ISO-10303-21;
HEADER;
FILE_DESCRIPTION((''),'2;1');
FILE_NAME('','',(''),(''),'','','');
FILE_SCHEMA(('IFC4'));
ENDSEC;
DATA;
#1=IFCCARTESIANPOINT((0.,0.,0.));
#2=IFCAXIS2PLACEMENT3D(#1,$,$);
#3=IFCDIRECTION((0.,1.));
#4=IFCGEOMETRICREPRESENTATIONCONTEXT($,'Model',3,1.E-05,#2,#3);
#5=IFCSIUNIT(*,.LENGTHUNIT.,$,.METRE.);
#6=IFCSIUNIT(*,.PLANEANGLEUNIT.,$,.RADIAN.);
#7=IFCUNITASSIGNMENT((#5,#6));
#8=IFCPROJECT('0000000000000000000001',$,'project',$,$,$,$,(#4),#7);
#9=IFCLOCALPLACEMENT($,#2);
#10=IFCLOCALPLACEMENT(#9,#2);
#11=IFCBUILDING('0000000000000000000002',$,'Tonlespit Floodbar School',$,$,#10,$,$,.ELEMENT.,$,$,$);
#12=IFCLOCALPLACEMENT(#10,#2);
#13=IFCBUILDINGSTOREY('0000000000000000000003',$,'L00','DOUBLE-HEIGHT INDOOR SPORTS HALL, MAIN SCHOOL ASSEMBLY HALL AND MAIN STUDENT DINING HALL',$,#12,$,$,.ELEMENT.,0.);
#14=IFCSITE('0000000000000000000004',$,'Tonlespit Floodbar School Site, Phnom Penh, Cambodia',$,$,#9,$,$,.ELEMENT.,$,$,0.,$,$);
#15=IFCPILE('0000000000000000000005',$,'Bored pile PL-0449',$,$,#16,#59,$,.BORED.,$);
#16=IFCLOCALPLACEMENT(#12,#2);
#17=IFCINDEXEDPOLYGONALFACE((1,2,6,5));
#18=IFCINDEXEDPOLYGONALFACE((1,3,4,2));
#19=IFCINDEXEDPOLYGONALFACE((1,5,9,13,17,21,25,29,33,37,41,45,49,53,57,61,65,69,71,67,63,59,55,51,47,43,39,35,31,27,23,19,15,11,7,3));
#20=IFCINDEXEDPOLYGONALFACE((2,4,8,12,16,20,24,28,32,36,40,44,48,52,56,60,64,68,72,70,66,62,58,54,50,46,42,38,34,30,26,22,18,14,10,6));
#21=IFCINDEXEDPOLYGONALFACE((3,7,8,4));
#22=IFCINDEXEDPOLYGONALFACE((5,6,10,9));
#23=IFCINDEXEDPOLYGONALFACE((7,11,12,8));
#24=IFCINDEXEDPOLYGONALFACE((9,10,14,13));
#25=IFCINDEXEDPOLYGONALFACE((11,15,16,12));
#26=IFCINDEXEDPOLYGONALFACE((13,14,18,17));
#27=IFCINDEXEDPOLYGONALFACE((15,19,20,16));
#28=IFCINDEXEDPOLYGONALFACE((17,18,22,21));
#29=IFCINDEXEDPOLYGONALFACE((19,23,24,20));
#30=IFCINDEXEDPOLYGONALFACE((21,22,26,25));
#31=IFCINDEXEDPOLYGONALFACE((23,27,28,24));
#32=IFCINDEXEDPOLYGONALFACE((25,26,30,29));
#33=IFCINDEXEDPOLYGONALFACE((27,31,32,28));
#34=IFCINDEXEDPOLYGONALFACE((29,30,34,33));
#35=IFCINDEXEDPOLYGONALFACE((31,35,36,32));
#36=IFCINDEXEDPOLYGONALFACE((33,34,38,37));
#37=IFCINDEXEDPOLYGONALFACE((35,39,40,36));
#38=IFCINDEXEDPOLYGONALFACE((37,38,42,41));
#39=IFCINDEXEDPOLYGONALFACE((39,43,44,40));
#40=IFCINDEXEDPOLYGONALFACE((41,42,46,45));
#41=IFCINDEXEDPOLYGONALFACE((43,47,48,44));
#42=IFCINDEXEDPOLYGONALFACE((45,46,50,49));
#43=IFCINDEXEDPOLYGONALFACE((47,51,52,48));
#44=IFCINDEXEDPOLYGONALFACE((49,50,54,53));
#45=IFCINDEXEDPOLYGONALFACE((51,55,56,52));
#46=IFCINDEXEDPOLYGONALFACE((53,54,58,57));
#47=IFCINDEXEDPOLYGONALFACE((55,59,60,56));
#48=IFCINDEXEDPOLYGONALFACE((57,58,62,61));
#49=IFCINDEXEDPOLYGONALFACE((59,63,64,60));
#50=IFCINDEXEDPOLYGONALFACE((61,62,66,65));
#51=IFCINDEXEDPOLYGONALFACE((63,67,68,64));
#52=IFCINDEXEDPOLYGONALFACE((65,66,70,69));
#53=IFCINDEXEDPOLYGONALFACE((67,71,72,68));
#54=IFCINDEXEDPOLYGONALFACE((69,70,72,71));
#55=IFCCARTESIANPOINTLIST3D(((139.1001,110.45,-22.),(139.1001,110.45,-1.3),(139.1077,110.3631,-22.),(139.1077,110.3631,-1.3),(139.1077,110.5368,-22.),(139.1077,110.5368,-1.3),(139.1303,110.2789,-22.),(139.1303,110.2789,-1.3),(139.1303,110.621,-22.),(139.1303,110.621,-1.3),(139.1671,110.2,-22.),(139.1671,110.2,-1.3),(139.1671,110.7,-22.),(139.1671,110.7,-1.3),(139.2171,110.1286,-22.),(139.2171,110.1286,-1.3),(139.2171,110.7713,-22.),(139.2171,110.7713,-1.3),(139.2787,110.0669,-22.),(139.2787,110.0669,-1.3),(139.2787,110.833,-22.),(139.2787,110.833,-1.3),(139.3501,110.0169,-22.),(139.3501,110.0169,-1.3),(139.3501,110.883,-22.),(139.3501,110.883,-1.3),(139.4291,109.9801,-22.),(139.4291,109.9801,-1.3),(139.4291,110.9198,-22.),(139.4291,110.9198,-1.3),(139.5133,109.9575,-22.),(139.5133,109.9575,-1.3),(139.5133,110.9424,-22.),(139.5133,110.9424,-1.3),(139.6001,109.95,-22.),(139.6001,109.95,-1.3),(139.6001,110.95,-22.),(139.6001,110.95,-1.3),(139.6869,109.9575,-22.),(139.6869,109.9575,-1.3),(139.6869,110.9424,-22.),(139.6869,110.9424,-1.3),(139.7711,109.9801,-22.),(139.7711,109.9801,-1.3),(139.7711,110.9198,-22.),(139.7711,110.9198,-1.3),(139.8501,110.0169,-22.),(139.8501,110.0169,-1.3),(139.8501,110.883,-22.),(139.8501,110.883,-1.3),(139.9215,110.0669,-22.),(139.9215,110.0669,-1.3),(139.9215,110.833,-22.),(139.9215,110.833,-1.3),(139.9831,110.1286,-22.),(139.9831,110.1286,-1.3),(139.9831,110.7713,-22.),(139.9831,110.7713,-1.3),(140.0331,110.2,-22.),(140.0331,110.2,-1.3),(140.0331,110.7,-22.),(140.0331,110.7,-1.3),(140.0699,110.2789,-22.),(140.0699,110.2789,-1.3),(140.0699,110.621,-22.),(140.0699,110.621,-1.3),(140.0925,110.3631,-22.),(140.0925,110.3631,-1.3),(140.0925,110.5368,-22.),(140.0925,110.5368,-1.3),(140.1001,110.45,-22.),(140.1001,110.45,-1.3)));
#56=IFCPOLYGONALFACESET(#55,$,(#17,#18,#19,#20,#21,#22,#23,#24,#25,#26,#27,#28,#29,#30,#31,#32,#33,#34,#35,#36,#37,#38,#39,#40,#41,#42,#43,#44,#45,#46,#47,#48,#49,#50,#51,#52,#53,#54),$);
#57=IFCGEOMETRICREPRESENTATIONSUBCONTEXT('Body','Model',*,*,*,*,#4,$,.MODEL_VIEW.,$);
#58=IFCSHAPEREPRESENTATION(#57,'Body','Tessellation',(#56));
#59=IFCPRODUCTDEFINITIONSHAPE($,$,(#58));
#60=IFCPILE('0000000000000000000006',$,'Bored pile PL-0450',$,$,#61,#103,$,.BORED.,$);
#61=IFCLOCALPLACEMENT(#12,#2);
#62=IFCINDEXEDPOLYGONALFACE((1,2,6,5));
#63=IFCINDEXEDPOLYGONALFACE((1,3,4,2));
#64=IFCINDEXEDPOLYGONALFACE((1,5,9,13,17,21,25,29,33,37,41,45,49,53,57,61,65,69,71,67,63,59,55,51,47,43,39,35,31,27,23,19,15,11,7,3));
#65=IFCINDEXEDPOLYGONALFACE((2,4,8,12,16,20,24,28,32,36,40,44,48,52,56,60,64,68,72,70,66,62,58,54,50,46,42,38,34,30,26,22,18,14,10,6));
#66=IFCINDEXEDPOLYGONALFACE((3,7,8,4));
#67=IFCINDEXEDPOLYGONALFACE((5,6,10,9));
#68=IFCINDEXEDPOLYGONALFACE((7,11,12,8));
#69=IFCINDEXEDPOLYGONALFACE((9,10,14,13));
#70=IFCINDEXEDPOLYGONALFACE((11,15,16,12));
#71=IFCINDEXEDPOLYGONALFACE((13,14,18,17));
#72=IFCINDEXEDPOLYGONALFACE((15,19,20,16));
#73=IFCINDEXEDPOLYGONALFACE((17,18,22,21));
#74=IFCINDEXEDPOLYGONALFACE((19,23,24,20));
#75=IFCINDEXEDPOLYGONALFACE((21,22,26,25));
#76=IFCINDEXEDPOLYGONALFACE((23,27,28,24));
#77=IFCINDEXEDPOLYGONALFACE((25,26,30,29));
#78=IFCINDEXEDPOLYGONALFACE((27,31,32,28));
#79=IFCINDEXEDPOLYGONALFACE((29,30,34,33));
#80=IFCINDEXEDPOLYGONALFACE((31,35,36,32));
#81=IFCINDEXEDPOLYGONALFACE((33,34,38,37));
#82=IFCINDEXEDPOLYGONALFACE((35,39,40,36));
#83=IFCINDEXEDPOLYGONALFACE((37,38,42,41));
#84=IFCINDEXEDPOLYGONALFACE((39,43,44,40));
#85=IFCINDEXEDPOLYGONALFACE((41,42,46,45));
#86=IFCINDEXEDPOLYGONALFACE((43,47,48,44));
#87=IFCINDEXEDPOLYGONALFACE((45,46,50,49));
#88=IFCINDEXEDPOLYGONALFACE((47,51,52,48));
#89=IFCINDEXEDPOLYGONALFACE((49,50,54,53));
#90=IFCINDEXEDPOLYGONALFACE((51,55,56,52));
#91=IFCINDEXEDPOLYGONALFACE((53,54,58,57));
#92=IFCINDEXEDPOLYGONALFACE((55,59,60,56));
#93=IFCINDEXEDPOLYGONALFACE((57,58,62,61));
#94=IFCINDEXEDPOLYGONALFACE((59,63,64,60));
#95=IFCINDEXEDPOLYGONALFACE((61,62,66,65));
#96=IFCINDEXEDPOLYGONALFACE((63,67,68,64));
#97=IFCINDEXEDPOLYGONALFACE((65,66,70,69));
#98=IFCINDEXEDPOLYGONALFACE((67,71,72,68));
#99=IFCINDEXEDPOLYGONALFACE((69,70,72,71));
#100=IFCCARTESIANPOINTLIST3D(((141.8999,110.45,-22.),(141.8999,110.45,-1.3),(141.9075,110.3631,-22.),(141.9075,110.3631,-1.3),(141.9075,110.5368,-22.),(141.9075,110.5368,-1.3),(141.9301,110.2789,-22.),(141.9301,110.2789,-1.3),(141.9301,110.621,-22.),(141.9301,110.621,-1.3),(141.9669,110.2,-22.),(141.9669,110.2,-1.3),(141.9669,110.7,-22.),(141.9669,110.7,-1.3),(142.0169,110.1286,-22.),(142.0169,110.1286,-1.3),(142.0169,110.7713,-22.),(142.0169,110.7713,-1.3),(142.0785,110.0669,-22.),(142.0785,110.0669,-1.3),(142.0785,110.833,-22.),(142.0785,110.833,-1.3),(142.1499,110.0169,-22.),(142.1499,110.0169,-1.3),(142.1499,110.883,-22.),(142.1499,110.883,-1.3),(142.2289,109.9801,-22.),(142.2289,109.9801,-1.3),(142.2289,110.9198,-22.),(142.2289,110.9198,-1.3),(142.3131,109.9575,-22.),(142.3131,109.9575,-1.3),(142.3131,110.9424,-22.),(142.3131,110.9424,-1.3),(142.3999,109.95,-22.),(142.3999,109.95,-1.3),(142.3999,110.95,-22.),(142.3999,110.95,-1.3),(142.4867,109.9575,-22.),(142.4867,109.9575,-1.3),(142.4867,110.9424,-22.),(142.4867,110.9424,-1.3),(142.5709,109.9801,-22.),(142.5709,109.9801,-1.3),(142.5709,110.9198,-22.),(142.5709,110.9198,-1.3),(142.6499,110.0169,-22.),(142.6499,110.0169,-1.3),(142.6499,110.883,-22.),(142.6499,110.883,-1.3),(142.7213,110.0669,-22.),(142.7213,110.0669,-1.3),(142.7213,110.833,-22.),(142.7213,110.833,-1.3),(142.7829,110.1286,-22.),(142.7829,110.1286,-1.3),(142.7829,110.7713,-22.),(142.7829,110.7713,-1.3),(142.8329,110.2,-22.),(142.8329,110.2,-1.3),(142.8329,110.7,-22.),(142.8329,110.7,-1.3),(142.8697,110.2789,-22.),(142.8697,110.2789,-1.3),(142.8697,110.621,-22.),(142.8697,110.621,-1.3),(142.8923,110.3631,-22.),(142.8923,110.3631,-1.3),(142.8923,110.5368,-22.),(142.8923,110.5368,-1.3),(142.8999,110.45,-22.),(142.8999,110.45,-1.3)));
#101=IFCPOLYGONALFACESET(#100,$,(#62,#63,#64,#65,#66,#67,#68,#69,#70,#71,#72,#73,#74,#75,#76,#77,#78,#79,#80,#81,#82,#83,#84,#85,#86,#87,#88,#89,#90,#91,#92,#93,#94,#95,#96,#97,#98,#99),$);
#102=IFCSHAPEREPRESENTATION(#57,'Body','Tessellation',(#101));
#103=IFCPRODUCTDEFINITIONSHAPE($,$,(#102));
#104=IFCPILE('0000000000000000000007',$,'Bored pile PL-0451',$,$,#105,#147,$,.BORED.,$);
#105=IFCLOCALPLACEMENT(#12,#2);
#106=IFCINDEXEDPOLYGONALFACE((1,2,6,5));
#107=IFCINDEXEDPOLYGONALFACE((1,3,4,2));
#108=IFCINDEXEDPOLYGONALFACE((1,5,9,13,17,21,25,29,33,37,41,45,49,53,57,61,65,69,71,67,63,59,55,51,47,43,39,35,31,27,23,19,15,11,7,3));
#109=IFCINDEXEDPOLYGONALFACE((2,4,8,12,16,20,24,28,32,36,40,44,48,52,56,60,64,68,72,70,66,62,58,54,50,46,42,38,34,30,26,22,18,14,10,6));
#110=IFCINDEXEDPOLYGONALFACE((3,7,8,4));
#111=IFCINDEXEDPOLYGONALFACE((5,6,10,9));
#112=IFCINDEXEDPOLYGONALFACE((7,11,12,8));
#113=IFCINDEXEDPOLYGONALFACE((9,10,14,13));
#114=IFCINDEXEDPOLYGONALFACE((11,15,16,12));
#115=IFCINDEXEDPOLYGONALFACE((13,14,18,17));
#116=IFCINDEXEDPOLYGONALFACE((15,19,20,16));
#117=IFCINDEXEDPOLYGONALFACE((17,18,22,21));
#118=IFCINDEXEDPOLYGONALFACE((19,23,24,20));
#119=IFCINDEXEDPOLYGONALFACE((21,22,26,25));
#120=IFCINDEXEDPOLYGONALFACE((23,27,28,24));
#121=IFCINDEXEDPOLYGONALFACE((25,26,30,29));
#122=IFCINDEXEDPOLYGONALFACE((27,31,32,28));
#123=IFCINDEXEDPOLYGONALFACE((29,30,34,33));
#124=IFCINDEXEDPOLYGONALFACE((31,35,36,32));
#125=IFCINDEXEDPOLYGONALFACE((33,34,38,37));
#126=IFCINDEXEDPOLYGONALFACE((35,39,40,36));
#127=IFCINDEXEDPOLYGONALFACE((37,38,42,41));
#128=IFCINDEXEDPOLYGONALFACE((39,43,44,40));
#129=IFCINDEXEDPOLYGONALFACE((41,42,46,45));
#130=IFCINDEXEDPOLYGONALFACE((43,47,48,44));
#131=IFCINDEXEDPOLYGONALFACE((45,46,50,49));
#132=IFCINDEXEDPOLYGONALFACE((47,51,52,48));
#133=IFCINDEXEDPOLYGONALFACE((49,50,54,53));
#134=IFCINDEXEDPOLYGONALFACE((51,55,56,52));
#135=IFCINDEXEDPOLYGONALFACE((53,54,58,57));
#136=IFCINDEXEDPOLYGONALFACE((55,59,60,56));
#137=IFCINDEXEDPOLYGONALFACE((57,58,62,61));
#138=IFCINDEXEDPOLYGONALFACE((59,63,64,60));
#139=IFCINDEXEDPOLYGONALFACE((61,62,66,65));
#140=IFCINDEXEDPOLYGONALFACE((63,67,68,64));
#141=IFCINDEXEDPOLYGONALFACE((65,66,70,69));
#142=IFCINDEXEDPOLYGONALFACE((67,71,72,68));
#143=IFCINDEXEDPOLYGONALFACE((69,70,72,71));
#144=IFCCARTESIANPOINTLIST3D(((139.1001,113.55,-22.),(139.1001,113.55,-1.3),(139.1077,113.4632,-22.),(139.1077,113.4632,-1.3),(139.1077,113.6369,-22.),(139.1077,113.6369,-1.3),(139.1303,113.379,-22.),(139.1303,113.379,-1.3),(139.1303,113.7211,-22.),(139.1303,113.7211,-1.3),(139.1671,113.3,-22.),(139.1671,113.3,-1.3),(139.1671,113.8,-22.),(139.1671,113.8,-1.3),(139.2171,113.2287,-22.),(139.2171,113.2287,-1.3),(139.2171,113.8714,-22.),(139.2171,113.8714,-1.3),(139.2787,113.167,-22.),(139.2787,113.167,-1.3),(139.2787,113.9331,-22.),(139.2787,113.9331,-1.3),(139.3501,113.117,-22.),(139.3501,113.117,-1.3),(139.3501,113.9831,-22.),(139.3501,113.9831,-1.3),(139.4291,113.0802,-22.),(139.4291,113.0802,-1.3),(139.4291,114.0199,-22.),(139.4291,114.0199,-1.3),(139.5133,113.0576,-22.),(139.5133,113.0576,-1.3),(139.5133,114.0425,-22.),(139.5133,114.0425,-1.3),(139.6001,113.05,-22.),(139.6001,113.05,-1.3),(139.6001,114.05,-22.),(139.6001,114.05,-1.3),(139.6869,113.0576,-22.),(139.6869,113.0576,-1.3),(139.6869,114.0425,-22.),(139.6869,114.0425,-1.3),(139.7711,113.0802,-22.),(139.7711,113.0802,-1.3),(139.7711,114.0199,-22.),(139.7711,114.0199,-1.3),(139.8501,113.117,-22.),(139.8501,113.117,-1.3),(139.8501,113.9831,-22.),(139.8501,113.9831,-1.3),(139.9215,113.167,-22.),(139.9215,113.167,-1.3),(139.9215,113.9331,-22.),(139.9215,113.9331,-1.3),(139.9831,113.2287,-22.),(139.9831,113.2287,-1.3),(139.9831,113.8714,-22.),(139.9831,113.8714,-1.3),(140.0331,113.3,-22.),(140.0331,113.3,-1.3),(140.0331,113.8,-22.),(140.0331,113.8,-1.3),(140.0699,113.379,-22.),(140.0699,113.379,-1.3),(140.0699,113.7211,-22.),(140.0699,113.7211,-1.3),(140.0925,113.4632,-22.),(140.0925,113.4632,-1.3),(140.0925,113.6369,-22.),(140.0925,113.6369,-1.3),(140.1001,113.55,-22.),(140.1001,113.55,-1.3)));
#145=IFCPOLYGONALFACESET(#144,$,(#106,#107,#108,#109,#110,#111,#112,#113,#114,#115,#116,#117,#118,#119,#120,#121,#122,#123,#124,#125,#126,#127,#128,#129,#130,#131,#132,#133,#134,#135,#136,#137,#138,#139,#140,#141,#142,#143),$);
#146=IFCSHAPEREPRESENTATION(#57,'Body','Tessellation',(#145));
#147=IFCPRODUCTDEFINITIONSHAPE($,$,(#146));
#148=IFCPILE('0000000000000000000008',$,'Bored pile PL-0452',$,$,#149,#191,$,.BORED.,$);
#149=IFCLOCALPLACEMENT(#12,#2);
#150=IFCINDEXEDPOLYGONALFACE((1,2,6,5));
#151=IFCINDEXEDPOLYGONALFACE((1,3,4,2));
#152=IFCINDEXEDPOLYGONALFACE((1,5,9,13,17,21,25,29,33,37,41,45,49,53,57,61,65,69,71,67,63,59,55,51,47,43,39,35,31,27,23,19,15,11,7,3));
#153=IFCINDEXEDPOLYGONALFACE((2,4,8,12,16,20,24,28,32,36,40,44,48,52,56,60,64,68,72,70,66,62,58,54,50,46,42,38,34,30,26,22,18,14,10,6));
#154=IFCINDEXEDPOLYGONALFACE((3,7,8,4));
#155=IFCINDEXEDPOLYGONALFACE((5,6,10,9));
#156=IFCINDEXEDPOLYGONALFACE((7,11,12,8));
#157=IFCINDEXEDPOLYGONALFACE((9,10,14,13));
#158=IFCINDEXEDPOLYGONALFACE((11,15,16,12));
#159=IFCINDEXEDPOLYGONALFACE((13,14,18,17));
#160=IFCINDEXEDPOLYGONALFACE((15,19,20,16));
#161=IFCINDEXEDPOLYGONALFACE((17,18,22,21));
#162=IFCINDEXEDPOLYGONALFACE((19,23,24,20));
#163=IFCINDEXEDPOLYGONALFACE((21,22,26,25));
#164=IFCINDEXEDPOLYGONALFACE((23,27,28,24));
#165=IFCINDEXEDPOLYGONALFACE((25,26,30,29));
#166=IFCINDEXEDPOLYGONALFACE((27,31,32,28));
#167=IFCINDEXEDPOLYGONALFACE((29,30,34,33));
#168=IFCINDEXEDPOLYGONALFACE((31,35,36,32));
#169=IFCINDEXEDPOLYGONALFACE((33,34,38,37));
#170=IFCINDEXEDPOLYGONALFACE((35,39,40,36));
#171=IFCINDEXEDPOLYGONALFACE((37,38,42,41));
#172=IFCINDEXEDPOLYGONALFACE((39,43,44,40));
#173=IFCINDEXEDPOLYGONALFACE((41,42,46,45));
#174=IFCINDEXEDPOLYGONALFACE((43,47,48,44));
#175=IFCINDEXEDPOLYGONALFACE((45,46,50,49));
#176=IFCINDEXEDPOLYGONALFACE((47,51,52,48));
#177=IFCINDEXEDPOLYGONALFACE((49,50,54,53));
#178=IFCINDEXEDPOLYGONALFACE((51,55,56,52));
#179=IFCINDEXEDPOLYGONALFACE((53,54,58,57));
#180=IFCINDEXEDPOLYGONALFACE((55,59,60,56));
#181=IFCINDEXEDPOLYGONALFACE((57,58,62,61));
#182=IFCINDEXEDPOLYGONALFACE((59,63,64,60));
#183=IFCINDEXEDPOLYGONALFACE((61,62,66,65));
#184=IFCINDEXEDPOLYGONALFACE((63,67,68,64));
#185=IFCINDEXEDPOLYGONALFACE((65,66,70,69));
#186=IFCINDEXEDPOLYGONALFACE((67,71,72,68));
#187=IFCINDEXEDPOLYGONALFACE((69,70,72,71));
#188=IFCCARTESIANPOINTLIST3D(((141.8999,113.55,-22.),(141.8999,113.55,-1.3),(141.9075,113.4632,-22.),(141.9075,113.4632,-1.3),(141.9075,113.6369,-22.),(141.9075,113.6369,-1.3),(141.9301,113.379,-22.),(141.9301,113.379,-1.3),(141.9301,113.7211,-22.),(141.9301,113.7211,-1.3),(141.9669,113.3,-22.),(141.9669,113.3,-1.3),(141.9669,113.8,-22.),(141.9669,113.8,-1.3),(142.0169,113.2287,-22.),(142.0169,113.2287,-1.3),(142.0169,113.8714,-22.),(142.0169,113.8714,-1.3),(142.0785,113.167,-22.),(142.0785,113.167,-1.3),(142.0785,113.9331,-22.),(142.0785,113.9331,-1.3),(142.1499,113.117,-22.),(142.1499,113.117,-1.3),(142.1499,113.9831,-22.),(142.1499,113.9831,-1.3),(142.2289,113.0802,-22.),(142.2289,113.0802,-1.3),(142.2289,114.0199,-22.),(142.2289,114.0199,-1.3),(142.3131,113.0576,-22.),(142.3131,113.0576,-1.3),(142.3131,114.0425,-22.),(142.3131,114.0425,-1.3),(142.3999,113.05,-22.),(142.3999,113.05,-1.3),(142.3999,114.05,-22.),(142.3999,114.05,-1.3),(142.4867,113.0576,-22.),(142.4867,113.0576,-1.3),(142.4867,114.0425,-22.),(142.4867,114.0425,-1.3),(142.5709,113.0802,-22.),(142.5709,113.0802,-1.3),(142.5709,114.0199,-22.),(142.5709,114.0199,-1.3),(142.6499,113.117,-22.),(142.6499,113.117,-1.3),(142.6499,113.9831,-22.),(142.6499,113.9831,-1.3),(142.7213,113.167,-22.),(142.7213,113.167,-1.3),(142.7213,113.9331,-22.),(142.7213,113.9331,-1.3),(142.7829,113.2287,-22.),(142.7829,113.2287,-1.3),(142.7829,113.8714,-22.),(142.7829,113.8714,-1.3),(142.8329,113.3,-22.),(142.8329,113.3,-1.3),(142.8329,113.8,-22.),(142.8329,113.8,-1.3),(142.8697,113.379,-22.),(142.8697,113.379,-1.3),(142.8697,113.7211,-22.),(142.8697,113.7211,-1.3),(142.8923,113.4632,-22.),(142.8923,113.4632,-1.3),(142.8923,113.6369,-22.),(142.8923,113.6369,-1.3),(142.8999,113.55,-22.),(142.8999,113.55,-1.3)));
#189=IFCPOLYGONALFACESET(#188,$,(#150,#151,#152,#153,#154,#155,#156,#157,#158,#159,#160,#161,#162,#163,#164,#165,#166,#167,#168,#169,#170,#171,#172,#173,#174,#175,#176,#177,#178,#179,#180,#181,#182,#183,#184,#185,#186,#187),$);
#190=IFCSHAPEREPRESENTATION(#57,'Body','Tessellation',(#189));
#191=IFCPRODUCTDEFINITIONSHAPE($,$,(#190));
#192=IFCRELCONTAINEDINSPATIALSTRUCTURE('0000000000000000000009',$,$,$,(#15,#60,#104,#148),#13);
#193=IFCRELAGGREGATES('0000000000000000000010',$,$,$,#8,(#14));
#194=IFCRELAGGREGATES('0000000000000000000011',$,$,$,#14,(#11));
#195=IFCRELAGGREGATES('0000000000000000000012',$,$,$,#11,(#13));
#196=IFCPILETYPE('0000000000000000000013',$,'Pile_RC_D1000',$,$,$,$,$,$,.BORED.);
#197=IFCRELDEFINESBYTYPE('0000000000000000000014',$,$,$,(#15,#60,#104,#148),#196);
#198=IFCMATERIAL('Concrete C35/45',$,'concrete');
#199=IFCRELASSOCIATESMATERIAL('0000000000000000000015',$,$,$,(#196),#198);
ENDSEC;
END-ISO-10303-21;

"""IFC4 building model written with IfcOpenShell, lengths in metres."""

from ifc_helpers import new_model, si_unit, direction, frame, origin, origin_2d, place, context, subcontext, project, spatial, circle, extrude, material, material_profile, profile_set, type_object, element, save


model = new_model("IFC4")

# Units and contexts
model_context = context("Model", 3, precision=1e-05, world=origin(), true_north=direction((0.0, 1.0)))
body_context = subcontext(model_context, "Body", "Model", "MODEL_VIEW")
ifc_project = project(units=[si_unit("LENGTHUNIT", "METRE"), si_unit("PLANEANGLEUNIT", "RADIAN")], contexts=[model_context])

# Site, building, storey
site_placement = place(None, origin())
site = spatial("IfcSite", under=ifc_project, at=site_placement, Name="Tonlespit Floodbar School Site, Phnom Penh, Cambodia", CompositionType="ELEMENT", RefElevation=0.0)
building_placement = place(site_placement, origin())
building = spatial("IfcBuilding", under=site, at=building_placement, Name="Tonlespit Floodbar School", CompositionType="ELEMENT")
storey_placement = place(building_placement, origin())
storey = spatial("IfcBuildingStorey", under=building, at=storey_placement, Name="L00", Description="DOUBLE-HEIGHT INDOOR SPORTS HALL, MAIN SCHOOL ASSEMBLY HALL AND MAIN STUDENT DINING HALL", CompositionType="ELEMENT", Elevation=0.0)

# Piles
ifc_material_1 = material(Name="Concrete C35/45", Category="concrete")
ifc_material_profile_1 = material_profile(ifc_material_1, circle(Radius=0.5, at=origin_2d()), Name="BP D1000")
ifc_profile_set_1 = profile_set([ifc_material_profile_1], Name="Concrete C35/45")
pile_type = type_object("IfcPileType", Name="Pile_RC_D1000", PredefinedType="BORED", material=ifc_profile_set_1)
for number, where, z_axis, x_axis, name in (
    (1, (139.6001, 110.45, -1.3), (0.0, 0.0, -1.0), (1.0, 0.0, 0.0), "Bored pile PL-0449"),
    (2, (142.3999, 110.45, -1.3), (0.0, 0.0, -1.0), (1.0, 0.0, 0.0), "Bored pile PL-0450"),
    (3, (139.6001, 113.55, -1.3), (0.0, 0.0, -1.0), (1.0, 0.0, 0.0), "Bored pile PL-0451"),
    (4, (142.3999, 113.55, -1.3), (0.0, 0.0, -1.0), (1.0, 0.0, 0.0), "Bored pile PL-0452"),
):
    element("IfcPile", number, at=place(storey_placement, frame(where, z_axis=z_axis, x_axis=x_axis)), inside=storey, type_object=pile_type, Name=name, PredefinedType="BORED", context=body_context, shape_type="SweptSolid", body=[
        extrude(circle(Radius=0.5, at=origin_2d()), origin(), (0.0, 0.0, 1.0), 20.7),
    ])

save(model, "model.ifc")
